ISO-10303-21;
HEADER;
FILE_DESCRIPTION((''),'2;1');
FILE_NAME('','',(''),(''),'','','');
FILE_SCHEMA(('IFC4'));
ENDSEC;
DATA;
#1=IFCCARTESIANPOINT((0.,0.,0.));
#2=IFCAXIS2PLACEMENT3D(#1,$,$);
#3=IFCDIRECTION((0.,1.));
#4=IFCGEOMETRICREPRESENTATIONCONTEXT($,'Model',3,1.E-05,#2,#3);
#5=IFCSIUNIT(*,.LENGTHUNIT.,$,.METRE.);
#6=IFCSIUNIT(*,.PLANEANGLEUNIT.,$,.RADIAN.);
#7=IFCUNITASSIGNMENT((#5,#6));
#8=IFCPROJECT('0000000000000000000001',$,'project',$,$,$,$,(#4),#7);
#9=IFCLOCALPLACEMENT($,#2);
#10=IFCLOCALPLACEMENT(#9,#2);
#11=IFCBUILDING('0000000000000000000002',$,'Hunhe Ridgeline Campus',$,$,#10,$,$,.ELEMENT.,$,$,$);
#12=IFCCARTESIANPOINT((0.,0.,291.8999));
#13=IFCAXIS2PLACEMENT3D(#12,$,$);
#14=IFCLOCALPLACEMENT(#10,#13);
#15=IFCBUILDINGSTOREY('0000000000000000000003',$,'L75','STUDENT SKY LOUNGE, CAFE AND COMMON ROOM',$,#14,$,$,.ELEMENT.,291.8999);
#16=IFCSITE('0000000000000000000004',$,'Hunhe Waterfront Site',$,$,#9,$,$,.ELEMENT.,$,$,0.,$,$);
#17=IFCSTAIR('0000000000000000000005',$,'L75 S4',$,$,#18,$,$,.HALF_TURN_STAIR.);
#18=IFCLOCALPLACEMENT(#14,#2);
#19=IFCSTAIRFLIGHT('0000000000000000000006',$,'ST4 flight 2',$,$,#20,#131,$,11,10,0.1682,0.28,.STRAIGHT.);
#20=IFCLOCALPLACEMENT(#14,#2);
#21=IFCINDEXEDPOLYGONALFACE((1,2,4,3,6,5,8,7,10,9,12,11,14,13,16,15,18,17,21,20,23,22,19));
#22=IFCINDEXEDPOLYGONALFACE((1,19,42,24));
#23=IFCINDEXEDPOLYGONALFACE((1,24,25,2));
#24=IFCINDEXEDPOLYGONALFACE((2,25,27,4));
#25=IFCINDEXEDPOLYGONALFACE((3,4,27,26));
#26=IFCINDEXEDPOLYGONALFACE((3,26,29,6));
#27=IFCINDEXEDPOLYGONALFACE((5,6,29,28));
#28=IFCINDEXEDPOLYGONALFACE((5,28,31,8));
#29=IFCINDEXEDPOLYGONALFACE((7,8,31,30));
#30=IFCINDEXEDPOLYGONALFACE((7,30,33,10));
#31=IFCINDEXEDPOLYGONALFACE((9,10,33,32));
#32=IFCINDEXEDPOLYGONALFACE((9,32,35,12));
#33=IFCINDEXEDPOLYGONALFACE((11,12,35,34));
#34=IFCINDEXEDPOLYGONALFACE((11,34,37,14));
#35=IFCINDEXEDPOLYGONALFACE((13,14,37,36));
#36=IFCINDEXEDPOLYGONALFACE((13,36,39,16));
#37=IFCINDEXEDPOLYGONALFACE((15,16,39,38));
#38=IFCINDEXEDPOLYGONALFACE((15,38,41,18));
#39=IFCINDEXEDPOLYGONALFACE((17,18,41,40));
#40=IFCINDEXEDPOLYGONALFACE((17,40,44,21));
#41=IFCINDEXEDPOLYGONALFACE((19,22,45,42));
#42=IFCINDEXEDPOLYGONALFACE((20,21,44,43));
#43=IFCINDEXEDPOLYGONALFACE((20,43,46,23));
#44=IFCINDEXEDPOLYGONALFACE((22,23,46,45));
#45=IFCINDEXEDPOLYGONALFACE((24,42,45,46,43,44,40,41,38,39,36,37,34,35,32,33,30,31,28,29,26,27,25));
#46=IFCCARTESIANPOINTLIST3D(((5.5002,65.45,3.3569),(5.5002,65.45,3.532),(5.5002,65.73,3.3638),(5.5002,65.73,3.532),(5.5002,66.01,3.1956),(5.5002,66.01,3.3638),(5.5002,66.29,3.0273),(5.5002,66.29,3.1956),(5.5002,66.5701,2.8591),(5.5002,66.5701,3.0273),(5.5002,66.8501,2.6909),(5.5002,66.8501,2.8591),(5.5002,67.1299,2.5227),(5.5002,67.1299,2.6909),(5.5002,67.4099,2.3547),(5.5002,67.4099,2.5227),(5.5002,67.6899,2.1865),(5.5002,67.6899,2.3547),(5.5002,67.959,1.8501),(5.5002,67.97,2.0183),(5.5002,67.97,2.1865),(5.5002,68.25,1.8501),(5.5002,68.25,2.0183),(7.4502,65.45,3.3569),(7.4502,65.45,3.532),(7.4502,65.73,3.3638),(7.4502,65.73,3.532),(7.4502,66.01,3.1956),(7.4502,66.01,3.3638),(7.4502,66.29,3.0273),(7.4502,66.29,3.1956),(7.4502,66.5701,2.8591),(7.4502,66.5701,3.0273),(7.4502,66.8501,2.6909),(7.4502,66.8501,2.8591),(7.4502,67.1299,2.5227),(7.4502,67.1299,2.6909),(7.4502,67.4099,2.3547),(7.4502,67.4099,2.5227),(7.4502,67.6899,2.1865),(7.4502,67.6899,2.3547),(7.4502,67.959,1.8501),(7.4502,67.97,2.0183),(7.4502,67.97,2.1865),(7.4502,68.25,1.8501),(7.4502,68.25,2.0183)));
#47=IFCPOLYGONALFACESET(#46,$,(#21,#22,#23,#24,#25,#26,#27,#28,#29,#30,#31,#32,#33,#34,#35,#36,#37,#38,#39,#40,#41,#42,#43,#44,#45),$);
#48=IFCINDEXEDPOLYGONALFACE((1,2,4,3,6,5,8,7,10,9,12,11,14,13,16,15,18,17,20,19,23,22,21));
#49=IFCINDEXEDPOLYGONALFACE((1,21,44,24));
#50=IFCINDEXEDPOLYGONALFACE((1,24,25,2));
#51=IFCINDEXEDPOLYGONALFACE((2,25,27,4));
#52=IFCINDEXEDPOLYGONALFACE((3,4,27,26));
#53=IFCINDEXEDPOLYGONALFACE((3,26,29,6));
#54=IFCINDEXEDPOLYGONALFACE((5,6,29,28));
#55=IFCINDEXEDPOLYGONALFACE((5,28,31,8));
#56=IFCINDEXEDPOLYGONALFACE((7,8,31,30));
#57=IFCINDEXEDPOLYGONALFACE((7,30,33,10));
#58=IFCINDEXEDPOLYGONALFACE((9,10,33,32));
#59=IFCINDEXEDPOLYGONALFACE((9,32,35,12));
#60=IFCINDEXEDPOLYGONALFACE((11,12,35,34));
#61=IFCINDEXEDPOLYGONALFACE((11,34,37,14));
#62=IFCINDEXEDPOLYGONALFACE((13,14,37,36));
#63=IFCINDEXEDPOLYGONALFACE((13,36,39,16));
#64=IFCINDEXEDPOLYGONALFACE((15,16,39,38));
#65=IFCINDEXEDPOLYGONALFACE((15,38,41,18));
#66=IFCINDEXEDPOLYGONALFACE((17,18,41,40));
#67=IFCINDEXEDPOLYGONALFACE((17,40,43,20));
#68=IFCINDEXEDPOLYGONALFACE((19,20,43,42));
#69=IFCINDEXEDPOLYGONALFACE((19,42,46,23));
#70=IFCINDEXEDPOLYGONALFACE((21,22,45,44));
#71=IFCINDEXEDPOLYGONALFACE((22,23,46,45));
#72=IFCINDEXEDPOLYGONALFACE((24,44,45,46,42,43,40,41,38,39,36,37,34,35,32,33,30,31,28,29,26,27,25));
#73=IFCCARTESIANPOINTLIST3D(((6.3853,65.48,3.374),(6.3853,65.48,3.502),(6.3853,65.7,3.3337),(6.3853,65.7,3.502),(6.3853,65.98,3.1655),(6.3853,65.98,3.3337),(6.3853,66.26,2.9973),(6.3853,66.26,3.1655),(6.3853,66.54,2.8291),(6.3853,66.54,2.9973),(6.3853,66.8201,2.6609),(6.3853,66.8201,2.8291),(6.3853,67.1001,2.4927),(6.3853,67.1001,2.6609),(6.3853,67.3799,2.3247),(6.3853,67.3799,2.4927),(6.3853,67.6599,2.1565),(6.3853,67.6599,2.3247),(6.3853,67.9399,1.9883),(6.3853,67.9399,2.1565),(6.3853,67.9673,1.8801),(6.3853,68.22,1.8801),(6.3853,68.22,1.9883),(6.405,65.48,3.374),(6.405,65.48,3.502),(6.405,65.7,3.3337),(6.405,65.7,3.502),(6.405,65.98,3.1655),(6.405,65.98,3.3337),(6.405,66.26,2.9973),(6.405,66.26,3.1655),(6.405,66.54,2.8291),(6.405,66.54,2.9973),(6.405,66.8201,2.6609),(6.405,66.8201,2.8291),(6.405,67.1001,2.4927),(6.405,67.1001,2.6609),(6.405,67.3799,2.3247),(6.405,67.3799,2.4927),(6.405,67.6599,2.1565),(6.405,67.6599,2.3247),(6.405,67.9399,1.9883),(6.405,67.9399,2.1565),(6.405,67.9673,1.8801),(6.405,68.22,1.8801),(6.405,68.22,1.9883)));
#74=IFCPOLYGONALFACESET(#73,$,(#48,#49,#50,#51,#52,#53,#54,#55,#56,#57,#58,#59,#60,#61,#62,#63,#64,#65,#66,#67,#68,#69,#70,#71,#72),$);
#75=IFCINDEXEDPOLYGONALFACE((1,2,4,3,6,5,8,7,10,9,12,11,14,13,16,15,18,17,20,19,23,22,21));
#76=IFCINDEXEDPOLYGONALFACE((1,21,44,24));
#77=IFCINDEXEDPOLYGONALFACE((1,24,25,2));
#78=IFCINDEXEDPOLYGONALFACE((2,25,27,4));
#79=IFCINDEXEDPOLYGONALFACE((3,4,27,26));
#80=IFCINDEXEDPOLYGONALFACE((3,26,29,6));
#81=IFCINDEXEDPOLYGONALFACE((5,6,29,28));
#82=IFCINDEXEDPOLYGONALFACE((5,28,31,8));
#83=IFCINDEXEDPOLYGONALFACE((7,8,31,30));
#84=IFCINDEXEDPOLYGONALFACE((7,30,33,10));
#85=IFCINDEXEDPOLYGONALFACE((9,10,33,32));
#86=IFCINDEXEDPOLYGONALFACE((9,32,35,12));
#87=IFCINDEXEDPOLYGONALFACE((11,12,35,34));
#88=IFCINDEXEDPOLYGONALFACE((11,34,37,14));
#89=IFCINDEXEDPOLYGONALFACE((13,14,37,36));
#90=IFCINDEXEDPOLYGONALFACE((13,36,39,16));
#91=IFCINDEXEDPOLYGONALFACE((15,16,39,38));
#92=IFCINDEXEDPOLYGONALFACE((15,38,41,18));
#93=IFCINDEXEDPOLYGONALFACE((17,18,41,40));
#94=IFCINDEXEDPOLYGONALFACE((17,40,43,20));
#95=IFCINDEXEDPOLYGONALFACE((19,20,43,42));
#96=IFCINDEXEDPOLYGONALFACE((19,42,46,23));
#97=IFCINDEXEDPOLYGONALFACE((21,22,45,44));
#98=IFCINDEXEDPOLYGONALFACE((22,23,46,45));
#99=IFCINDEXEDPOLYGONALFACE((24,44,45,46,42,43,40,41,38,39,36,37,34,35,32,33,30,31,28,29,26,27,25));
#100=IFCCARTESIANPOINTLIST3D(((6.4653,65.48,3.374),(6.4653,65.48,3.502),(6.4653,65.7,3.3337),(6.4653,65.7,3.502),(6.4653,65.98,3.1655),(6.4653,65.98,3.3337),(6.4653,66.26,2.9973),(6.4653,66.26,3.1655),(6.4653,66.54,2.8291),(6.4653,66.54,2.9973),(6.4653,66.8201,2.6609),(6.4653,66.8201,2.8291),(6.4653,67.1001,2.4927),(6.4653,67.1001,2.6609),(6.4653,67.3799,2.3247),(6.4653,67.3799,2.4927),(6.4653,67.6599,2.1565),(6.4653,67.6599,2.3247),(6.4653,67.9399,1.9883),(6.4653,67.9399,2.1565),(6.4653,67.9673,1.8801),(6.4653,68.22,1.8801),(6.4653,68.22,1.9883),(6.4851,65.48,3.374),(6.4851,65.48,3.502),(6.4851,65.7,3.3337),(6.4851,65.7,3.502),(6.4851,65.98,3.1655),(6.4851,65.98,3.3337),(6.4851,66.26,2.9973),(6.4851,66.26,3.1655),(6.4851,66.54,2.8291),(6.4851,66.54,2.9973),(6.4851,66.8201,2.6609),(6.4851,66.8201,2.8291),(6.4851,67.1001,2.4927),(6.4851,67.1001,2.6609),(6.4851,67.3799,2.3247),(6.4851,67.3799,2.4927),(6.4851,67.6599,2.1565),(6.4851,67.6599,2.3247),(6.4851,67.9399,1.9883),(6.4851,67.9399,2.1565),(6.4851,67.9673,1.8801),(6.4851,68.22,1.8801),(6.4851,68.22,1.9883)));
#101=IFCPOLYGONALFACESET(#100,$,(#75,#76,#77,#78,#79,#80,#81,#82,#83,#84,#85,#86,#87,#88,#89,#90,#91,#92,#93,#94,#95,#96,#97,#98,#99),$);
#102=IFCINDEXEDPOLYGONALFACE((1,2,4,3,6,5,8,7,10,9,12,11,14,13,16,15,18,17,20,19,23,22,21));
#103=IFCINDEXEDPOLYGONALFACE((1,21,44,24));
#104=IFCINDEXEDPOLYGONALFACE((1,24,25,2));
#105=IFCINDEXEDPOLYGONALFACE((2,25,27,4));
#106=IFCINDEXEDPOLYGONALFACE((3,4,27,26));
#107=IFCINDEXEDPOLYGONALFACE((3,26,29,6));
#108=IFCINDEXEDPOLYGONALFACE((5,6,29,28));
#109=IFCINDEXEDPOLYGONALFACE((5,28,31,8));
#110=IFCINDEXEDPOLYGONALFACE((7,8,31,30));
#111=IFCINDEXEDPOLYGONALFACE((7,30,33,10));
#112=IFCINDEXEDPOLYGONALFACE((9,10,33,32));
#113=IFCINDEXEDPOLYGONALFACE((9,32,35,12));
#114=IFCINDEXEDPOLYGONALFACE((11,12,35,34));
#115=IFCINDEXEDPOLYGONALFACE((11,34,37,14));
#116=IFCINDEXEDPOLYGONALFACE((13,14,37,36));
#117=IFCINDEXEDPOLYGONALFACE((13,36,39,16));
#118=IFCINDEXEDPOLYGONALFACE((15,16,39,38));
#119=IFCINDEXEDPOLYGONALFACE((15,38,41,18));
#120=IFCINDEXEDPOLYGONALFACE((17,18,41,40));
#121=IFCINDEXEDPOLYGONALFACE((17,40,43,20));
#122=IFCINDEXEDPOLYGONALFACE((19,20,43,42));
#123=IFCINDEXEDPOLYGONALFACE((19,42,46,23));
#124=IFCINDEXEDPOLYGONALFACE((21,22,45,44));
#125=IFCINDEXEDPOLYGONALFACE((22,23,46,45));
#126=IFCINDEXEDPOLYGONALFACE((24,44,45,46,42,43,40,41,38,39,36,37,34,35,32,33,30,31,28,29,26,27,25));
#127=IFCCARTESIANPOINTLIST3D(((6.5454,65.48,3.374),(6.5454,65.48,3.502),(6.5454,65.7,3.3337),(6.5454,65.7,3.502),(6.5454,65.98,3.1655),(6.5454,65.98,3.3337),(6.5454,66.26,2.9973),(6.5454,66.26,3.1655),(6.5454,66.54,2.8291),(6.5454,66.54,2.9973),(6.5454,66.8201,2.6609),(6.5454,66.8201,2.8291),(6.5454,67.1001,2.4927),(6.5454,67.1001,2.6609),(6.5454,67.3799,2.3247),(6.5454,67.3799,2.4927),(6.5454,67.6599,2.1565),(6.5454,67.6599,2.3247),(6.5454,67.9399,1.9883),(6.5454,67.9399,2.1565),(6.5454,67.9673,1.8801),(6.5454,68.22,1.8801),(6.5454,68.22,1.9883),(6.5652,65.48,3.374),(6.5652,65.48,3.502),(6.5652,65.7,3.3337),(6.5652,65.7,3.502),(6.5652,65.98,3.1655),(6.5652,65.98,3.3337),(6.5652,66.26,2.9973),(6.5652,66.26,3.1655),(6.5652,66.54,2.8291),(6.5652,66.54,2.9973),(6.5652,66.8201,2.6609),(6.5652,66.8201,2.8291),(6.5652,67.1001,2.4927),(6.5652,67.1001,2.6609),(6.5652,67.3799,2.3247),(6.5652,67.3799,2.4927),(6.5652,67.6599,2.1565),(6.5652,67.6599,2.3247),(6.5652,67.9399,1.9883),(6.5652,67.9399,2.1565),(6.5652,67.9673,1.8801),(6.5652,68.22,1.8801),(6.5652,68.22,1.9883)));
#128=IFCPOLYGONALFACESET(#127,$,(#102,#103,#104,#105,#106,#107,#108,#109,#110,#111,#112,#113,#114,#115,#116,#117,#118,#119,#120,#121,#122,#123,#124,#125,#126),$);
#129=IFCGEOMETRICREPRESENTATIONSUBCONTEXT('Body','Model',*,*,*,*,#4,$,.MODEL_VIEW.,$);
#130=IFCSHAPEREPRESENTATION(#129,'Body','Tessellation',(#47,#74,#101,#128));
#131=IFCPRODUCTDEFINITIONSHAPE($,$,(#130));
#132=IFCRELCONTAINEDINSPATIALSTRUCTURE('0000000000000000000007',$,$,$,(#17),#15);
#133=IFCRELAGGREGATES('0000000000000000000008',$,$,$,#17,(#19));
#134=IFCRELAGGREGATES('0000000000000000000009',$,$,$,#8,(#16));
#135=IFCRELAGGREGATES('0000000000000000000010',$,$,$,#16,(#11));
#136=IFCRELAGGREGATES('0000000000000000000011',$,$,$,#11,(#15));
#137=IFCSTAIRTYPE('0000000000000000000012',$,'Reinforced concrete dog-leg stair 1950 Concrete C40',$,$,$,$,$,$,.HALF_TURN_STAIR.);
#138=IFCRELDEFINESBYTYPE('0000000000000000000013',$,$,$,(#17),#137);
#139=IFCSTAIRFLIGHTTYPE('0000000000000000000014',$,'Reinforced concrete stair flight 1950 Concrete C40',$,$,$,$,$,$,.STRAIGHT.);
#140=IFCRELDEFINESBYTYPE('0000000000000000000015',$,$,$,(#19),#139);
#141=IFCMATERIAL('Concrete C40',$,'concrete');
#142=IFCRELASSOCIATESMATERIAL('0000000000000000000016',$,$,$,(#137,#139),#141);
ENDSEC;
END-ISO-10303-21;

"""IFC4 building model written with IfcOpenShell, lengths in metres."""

from ifc_helpers import new_model, si_unit, direction, frame, origin, place, context, subcontext, project, spatial, polyline, outline, extrude, material, type_object, element, aggregate, save


model = new_model("IFC4")

# Units and contexts
model_context = context("Model", 3, precision=1e-05, world=origin(), true_north=direction((0.0, 1.0)))
body_context = subcontext(model_context, "Body", "Model", "MODEL_VIEW")
ifc_project = project(units=[si_unit("LENGTHUNIT", "METRE"), si_unit("PLANEANGLEUNIT", "RADIAN")], contexts=[model_context])

# Site, building, storey
site_placement = place(None, origin())
site = spatial("IfcSite", under=ifc_project, at=site_placement, Name="Hunhe Waterfront Site", CompositionType="ELEMENT", RefElevation=0.0)
building_placement = place(site_placement, origin())
building = spatial("IfcBuilding", under=site, at=building_placement, Name="Hunhe Ridgeline Campus", CompositionType="ELEMENT")
storey_placement = place(building_placement, frame((0.0, 0.0, 291.8999)))
storey = spatial("IfcBuildingStorey", under=building, at=storey_placement, Name="L75", Description="STUDENT SKY LOUNGE, CAFE AND COMMON ROOM", CompositionType="ELEMENT", Elevation=291.8999)

# Stair, stair flight
ifc_material_1 = material(Name="Concrete C40", Category="concrete")
stair_type = type_object("IfcStairType", Name="Reinforced concrete dog-leg stair 1950 Concrete C40", PredefinedType="HALF_TURN_STAIR", material=ifc_material_1)
stair_flight_type = type_object("IfcStairFlightType", Name="Reinforced concrete stair flight 1950 Concrete C40", PredefinedType="STRAIGHT", material=ifc_material_1)
stair_1_placement = place(storey_placement, origin())
stair_1 = element("IfcStair", 1, at=stair_1_placement, inside=storey, type_object=stair_type, Name="L75 S4", PredefinedType="HALF_TURN_STAIR")
stair_flight_1_placement = place(storey_placement, frame((6.4751, 68.25, 1.8501), z_axis=(0.0, 0.0, 1.0), x_axis=(0.0, -1.0, 0.0)))
stair_flight_1 = element("IfcStairFlight", 2, at=stair_flight_1_placement, type_object=stair_flight_type, Name="ST4 flight 2", NumberOfRisers=11, NumberOfTreads=10, PredefinedType="STRAIGHT", RiserHeight=0.1682, TreadLength=0.28, context=body_context, shape_type="SweptSolid", body=[
    extrude(outline(polyline([(0.0, 0.0), (0.0, 0.1682), (0.28, 0.1682), (0.28, 0.3364), (0.5601, 0.3364), (0.5601, 0.5046), (0.8401, 0.5046), (0.8401, 0.6726), (1.1201, 0.6726), (1.1201, 0.8408), (1.3999, 0.8408), (1.3999, 1.009), (1.6799, 1.009), (1.6799, 1.1772), (1.96, 1.1772), (1.96, 1.3455), (2.24, 1.3455), (2.24, 1.5137), (2.52, 1.5137), (2.52, 1.6819), (2.8, 1.6819), (2.8, 1.8501), (2.8, 1.5068), (0.291, 0.0), (0.0, 0.0)])), frame((0.0, 0.9751, 0.0), z_axis=(0.0, -1.0, 0.0), x_axis=(1.0, 0.0, 0.0)), (0.0, 0.0, 1.0), 1.95),
    extrude(outline(polyline([(0.03, 0.03), (0.03, 0.1382), (0.3101, 0.1382), (0.3101, 0.3064), (0.5901, 0.3064), (0.5901, 0.4746), (0.8701, 0.4746), (0.8701, 0.6426), (1.1499, 0.6426), (1.1499, 0.8108), (1.4299, 0.8108), (1.4299, 0.979), (1.71, 0.979), (1.71, 1.1472), (1.99, 1.1472), (1.99, 1.3154), (2.27, 1.3154), (2.27, 1.4836), (2.55, 1.4836), (2.55, 1.6519), (2.77, 1.6519), (2.77, 1.5239), (0.2827, 0.03), (0.03, 0.03)])), frame((0.0, -0.0701, 0.0), z_axis=(0.0, -1.0, 0.0), x_axis=(1.0, 0.0, 0.0)), (0.0, 0.0, 1.0), 0.0198),
    extrude(outline(polyline([(0.03, 0.03), (0.03, 0.1382), (0.3101, 0.1382), (0.3101, 0.3064), (0.5901, 0.3064), (0.5901, 0.4746), (0.8701, 0.4746), (0.8701, 0.6426), (1.1499, 0.6426), (1.1499, 0.8108), (1.4299, 0.8108), (1.4299, 0.979), (1.71, 0.979), (1.71, 1.1472), (1.99, 1.1472), (1.99, 1.3154), (2.27, 1.3154), (2.27, 1.4836), (2.55, 1.4836), (2.55, 1.6519), (2.77, 1.6519), (2.77, 1.5239), (0.2827, 0.03), (0.03, 0.03)])), frame((0.0, 0.01, 0.0), z_axis=(0.0, -1.0, 0.0), x_axis=(1.0, 0.0, 0.0)), (0.0, 0.0, 1.0), 0.0198),
    extrude(outline(polyline([(0.03, 0.03), (0.03, 0.1382), (0.3101, 0.1382), (0.3101, 0.3064), (0.5901, 0.3064), (0.5901, 0.4746), (0.8701, 0.4746), (0.8701, 0.6426), (1.1499, 0.6426), (1.1499, 0.8108), (1.4299, 0.8108), (1.4299, 0.979), (1.71, 0.979), (1.71, 1.1472), (1.99, 1.1472), (1.99, 1.3154), (2.27, 1.3154), (2.27, 1.4836), (2.55, 1.4836), (2.55, 1.6519), (2.77, 1.6519), (2.77, 1.5239), (0.2827, 0.03), (0.03, 0.03)])), frame((0.0, 0.0901, 0.0), z_axis=(0.0, -1.0, 0.0), x_axis=(1.0, 0.0, 0.0)), (0.0, 0.0, 1.0), 0.0198),
])
aggregate(stair_1, [stair_flight_1])

save(model, "model.ifc")
